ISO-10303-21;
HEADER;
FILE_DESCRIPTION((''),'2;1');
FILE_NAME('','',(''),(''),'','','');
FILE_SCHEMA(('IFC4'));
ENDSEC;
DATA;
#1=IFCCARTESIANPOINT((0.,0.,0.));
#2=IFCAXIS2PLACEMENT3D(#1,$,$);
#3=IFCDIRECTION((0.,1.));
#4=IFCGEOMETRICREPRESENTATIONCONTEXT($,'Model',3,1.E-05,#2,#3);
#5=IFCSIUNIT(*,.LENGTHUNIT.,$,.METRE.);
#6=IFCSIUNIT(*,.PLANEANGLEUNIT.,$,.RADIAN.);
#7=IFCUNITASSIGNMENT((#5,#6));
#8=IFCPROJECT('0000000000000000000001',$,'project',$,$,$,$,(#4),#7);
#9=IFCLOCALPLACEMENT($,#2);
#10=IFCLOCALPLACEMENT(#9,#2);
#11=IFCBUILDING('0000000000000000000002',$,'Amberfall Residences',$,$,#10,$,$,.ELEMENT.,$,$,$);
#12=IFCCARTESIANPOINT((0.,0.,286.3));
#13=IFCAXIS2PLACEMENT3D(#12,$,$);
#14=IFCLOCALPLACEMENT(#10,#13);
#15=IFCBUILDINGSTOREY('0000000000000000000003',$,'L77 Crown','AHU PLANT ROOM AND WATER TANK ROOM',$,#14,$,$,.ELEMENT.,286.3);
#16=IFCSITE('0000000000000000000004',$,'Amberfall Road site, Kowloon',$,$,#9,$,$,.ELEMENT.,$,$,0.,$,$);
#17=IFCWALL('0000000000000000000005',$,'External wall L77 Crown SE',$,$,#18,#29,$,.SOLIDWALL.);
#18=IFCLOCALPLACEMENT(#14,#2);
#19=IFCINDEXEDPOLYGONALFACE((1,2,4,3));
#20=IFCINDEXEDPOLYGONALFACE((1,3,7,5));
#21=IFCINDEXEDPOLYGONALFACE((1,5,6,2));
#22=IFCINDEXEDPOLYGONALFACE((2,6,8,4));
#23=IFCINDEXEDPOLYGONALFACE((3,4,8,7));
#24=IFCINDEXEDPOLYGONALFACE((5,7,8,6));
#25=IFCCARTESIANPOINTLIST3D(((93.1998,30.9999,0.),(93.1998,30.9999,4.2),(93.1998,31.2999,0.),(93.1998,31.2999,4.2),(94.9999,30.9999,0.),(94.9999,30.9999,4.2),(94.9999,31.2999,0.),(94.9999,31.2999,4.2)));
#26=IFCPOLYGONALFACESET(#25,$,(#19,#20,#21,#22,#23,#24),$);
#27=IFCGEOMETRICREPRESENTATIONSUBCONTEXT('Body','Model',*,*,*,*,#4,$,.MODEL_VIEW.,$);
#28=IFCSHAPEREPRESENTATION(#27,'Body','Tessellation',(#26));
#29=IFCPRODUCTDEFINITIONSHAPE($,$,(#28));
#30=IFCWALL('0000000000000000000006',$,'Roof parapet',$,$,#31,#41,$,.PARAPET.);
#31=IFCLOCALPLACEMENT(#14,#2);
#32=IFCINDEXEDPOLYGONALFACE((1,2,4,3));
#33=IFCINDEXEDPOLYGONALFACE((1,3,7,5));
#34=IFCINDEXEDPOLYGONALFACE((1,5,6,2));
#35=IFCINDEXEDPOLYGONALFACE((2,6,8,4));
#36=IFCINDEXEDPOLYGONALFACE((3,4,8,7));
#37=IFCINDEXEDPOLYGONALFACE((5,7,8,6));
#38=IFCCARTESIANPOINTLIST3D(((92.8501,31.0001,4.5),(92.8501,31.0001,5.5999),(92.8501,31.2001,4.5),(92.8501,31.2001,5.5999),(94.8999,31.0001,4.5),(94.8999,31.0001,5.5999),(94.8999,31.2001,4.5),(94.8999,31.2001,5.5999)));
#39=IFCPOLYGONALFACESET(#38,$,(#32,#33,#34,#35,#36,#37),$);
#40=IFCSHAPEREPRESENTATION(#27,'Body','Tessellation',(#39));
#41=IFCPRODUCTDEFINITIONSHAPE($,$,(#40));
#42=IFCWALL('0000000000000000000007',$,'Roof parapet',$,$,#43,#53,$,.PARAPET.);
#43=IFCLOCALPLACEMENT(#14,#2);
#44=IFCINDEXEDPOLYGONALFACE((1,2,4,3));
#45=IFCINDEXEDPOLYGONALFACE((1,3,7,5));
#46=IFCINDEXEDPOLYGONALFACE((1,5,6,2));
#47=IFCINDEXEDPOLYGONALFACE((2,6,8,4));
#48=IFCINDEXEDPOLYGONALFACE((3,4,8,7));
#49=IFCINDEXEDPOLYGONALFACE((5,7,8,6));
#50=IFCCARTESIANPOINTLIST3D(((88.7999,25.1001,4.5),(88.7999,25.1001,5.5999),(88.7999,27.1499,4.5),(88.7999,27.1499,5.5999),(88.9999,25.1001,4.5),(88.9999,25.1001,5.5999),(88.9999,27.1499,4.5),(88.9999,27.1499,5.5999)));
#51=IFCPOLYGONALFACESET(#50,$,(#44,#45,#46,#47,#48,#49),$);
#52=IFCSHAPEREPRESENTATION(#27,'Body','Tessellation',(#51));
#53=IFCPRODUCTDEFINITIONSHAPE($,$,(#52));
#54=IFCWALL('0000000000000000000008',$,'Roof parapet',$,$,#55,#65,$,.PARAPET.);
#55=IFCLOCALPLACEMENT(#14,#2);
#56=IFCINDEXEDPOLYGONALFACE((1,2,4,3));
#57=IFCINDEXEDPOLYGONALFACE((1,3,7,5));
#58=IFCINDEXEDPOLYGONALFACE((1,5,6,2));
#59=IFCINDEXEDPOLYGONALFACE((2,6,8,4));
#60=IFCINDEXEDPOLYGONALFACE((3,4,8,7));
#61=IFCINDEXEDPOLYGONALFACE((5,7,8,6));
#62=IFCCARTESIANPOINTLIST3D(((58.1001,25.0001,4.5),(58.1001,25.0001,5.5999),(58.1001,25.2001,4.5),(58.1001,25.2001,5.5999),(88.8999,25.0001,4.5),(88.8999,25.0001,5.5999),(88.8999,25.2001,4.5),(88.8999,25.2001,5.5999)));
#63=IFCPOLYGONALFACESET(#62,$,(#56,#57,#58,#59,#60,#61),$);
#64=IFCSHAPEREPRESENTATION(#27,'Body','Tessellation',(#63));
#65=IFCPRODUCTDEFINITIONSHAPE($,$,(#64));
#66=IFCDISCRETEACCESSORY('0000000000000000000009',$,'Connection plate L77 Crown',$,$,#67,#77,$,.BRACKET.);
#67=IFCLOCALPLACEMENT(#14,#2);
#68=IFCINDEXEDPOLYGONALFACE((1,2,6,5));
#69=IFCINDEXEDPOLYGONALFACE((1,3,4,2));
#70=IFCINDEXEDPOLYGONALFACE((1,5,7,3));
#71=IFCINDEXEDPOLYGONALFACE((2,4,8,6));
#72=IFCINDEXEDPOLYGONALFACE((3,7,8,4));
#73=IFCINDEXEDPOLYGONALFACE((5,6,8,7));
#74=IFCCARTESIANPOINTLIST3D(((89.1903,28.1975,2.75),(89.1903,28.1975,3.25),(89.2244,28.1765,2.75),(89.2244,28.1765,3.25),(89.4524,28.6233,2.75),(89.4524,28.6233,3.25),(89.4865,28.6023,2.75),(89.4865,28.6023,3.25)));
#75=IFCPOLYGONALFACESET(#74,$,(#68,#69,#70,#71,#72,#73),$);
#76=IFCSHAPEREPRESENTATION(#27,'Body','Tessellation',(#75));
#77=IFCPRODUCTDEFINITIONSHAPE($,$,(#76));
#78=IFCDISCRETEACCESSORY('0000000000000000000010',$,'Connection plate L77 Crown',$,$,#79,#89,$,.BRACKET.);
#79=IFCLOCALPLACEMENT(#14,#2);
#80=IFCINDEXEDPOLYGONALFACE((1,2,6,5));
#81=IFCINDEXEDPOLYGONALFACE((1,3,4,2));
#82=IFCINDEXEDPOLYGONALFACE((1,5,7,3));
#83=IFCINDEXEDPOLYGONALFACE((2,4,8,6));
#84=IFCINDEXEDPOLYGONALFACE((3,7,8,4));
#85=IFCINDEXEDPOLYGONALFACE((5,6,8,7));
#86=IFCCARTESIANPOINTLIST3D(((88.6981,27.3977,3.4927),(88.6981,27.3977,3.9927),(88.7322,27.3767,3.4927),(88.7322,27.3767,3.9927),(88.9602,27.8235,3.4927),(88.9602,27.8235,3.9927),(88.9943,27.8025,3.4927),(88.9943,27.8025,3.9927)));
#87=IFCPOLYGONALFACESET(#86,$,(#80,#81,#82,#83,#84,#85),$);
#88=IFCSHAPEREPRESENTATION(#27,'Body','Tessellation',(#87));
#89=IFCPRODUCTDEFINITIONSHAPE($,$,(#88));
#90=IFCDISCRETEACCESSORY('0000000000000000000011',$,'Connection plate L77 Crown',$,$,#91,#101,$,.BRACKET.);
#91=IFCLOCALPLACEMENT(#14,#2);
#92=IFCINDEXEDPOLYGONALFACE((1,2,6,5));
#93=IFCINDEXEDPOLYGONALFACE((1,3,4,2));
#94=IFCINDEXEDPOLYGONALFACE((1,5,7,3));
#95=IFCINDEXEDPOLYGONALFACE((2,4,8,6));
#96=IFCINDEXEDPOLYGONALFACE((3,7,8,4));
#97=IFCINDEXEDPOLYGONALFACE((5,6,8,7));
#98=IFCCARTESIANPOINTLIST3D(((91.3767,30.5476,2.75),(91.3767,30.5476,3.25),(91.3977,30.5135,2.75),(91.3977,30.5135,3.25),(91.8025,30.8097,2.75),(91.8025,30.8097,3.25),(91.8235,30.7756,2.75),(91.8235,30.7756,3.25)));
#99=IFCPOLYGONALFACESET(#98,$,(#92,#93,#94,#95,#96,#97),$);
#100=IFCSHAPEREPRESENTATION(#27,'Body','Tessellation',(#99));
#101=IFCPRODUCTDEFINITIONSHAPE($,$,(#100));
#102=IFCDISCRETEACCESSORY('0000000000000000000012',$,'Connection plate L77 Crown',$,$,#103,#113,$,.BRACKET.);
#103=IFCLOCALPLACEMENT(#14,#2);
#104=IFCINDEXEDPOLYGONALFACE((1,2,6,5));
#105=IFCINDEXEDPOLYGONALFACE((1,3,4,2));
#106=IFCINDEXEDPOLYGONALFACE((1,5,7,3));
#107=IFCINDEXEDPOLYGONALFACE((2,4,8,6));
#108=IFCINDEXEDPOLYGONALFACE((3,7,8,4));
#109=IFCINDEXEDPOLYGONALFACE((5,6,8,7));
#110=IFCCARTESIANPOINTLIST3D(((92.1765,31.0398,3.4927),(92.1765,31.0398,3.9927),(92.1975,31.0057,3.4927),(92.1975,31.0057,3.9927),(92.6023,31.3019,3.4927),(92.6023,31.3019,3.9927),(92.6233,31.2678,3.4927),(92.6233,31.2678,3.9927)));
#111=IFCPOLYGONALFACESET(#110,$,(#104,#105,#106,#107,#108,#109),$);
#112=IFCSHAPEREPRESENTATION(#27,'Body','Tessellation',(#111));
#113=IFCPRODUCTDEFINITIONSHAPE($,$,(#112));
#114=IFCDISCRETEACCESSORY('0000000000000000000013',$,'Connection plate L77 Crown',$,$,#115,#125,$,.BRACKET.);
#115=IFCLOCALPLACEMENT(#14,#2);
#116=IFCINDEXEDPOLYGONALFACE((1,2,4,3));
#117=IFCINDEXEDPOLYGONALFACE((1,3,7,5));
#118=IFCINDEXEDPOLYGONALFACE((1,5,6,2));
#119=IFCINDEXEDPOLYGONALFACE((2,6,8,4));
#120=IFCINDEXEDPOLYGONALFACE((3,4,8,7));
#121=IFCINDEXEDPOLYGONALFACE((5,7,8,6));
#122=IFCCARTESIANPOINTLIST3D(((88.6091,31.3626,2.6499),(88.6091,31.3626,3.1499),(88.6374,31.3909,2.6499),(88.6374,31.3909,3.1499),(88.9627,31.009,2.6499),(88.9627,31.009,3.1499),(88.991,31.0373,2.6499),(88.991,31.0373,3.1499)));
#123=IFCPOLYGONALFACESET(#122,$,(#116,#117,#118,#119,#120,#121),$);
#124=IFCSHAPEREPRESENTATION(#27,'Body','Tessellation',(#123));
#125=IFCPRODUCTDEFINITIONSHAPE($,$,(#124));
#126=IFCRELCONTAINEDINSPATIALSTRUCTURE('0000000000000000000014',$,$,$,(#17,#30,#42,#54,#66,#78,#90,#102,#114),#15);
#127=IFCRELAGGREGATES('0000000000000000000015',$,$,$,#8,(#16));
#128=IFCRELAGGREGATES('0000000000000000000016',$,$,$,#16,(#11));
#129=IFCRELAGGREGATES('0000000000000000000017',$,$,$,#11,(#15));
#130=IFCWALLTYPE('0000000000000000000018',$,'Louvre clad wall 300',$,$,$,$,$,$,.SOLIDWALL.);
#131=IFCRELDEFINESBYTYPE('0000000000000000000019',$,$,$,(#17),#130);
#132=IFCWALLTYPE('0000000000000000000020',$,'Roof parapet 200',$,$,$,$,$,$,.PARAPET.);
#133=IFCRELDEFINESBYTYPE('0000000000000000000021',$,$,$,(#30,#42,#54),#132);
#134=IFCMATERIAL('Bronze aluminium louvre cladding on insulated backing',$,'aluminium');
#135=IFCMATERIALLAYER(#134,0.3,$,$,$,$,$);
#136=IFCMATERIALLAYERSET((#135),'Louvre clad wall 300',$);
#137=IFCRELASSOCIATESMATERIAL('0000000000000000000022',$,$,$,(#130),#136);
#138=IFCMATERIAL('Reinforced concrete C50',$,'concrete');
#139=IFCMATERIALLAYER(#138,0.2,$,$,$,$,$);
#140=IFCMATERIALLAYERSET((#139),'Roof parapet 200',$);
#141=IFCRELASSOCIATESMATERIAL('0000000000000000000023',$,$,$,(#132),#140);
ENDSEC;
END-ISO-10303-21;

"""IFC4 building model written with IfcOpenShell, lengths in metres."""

from ifc_helpers import new_model, si_unit, direction, frame, frame_2d, origin, origin_2d, place, context, subcontext, project, spatial, rectangle, extrude, material, layer, layer_set, type_object, element, save


model = new_model("IFC4")

# Units and contexts
model_context = context("Model", 3, precision=1e-05, world=origin(), true_north=direction((0.0, 1.0)))
body_context = subcontext(model_context, "Body", "Model", "MODEL_VIEW")
ifc_project = project(units=[si_unit("LENGTHUNIT", "METRE"), si_unit("PLANEANGLEUNIT", "RADIAN")], contexts=[model_context])

# Site, building, storey
site_placement = place(None, origin())
site = spatial("IfcSite", under=ifc_project, at=site_placement, Name="Amberfall Road site, Kowloon", CompositionType="ELEMENT", RefElevation=0.0)
building_placement = place(site_placement, origin())
building = spatial("IfcBuilding", under=site, at=building_placement, Name="Amberfall Residences", CompositionType="ELEMENT")
storey_placement = place(building_placement, frame((0.0, 0.0, 286.3)))
storey = spatial("IfcBuildingStorey", under=building, at=storey_placement, Name="L77 Crown", Description="AHU PLANT ROOM AND WATER TANK ROOM", CompositionType="ELEMENT", Elevation=286.3)

# Walls
ifc_material_1 = material(Name="Bronze aluminium louvre cladding on insulated backing", Category="aluminium")
ifc_layer_1 = layer(ifc_material_1, 0.3)
ifc_layer_set_1 = layer_set([ifc_layer_1], Name="Louvre clad wall 300")
wall_type_1 = type_object("IfcWallType", Name="Louvre clad wall 300", PredefinedType="SOLIDWALL", material=ifc_layer_set_1)
wall_1_placement = place(storey_placement, frame((93.2, 31.1499, 0.0), z_axis=(0.0, 0.0, 1.0), x_axis=(1.0, 0.0, 0.0)))
element("IfcWall", 1, at=wall_1_placement, inside=storey, type_object=wall_type_1, Name="External wall L77 Crown SE", PredefinedType="SOLIDWALL", context=body_context, shape_type="SweptSolid", body=[
    extrude(rectangle(XDim=1.8, YDim=0.3, at=frame_2d((0.8999, 0.0))), origin(), (0.0, 0.0, 1.0), 4.2),
])
ifc_material_2 = material(Name="Reinforced concrete C50", Category="concrete")
ifc_layer_2 = layer(ifc_material_2, 0.2)
ifc_layer_set_2 = layer_set([ifc_layer_2], Name="Roof parapet 200")
wall_type_2 = type_object("IfcWallType", Name="Roof parapet 200", PredefinedType="PARAPET", material=ifc_layer_set_2)
for number, where, z_axis, x_axis, name in (
    (2, (94.8999, 31.1001, 4.5), (0.0, 0.0, 1.0), (-1.0, 0.0, 0.0), "Roof parapet"),
    (3, (88.8999, 27.1499, 4.5), (0.0, 0.0, 1.0), (0.0, -1.0, 0.0), "Roof parapet"),
):
    element("IfcWall", number, at=place(storey_placement, frame(where, z_axis=z_axis, x_axis=x_axis)), inside=storey, type_object=wall_type_2, Name=name, PredefinedType="PARAPET", context=body_context, shape_type="SweptSolid", body=[
        extrude(rectangle(XDim=2.0498, YDim=0.2, at=frame_2d((1.0249, 0.0))), origin(), (0.0, 0.0, 1.0), 1.0999),
    ])
wall_2_placement = place(storey_placement, frame((88.8999, 25.1001, 4.5), z_axis=(0.0, 0.0, 1.0), x_axis=(-1.0, 0.0, 0.0)))
element("IfcWall", 4, at=wall_2_placement, inside=storey, type_object=wall_type_2, Name="Roof parapet", PredefinedType="PARAPET", context=body_context, shape_type="SweptSolid", body=[
    extrude(rectangle(XDim=30.7998, YDim=0.2, at=frame_2d((15.3999, 0.0))), origin(), (0.0, 0.0, 1.0), 1.0999),
])

# Discrete accessories
for number, where, z_axis, x_axis, name in (
    (5, (89.3384, 28.3999, 2.75), (0.0, 0.0, 1.0), (-0.52409, -0.851663, 0.0), "Connection plate L77 Crown"),
    (6, (88.8462, 27.6001, 3.4927), (0.0, 0.0, 1.0), (-0.52409, -0.851663, 0.0), "Connection plate L77 Crown"),
    (7, (91.6001, 30.6616, 2.75), (0.0, 0.0, 1.0), (0.851663, 0.52409, 0.0), "Connection plate L77 Crown"),
    (8, (92.3999, 31.1538, 3.4927), (0.0, 0.0, 1.0), (0.851663, 0.52409, 0.0), "Connection plate L77 Crown"),
    (9, (88.8, 31.2, 2.6499), (0.0, 0.0, 1.0), (-0.707107, 0.707107, 0.0), "Connection plate L77 Crown"),
):
    element("IfcDiscreteAccessory", number, at=place(storey_placement, frame(where, z_axis=z_axis, x_axis=x_axis)), inside=storey, Name=name, PredefinedType="BRACKET", context=body_context, shape_type="SweptSolid", body=[
        extrude(rectangle(XDim=0.5, YDim=0.04, at=origin_2d()), origin(), (0.0, 0.0, 1.0), 0.5),
    ])

save(model, "model.ifc")
